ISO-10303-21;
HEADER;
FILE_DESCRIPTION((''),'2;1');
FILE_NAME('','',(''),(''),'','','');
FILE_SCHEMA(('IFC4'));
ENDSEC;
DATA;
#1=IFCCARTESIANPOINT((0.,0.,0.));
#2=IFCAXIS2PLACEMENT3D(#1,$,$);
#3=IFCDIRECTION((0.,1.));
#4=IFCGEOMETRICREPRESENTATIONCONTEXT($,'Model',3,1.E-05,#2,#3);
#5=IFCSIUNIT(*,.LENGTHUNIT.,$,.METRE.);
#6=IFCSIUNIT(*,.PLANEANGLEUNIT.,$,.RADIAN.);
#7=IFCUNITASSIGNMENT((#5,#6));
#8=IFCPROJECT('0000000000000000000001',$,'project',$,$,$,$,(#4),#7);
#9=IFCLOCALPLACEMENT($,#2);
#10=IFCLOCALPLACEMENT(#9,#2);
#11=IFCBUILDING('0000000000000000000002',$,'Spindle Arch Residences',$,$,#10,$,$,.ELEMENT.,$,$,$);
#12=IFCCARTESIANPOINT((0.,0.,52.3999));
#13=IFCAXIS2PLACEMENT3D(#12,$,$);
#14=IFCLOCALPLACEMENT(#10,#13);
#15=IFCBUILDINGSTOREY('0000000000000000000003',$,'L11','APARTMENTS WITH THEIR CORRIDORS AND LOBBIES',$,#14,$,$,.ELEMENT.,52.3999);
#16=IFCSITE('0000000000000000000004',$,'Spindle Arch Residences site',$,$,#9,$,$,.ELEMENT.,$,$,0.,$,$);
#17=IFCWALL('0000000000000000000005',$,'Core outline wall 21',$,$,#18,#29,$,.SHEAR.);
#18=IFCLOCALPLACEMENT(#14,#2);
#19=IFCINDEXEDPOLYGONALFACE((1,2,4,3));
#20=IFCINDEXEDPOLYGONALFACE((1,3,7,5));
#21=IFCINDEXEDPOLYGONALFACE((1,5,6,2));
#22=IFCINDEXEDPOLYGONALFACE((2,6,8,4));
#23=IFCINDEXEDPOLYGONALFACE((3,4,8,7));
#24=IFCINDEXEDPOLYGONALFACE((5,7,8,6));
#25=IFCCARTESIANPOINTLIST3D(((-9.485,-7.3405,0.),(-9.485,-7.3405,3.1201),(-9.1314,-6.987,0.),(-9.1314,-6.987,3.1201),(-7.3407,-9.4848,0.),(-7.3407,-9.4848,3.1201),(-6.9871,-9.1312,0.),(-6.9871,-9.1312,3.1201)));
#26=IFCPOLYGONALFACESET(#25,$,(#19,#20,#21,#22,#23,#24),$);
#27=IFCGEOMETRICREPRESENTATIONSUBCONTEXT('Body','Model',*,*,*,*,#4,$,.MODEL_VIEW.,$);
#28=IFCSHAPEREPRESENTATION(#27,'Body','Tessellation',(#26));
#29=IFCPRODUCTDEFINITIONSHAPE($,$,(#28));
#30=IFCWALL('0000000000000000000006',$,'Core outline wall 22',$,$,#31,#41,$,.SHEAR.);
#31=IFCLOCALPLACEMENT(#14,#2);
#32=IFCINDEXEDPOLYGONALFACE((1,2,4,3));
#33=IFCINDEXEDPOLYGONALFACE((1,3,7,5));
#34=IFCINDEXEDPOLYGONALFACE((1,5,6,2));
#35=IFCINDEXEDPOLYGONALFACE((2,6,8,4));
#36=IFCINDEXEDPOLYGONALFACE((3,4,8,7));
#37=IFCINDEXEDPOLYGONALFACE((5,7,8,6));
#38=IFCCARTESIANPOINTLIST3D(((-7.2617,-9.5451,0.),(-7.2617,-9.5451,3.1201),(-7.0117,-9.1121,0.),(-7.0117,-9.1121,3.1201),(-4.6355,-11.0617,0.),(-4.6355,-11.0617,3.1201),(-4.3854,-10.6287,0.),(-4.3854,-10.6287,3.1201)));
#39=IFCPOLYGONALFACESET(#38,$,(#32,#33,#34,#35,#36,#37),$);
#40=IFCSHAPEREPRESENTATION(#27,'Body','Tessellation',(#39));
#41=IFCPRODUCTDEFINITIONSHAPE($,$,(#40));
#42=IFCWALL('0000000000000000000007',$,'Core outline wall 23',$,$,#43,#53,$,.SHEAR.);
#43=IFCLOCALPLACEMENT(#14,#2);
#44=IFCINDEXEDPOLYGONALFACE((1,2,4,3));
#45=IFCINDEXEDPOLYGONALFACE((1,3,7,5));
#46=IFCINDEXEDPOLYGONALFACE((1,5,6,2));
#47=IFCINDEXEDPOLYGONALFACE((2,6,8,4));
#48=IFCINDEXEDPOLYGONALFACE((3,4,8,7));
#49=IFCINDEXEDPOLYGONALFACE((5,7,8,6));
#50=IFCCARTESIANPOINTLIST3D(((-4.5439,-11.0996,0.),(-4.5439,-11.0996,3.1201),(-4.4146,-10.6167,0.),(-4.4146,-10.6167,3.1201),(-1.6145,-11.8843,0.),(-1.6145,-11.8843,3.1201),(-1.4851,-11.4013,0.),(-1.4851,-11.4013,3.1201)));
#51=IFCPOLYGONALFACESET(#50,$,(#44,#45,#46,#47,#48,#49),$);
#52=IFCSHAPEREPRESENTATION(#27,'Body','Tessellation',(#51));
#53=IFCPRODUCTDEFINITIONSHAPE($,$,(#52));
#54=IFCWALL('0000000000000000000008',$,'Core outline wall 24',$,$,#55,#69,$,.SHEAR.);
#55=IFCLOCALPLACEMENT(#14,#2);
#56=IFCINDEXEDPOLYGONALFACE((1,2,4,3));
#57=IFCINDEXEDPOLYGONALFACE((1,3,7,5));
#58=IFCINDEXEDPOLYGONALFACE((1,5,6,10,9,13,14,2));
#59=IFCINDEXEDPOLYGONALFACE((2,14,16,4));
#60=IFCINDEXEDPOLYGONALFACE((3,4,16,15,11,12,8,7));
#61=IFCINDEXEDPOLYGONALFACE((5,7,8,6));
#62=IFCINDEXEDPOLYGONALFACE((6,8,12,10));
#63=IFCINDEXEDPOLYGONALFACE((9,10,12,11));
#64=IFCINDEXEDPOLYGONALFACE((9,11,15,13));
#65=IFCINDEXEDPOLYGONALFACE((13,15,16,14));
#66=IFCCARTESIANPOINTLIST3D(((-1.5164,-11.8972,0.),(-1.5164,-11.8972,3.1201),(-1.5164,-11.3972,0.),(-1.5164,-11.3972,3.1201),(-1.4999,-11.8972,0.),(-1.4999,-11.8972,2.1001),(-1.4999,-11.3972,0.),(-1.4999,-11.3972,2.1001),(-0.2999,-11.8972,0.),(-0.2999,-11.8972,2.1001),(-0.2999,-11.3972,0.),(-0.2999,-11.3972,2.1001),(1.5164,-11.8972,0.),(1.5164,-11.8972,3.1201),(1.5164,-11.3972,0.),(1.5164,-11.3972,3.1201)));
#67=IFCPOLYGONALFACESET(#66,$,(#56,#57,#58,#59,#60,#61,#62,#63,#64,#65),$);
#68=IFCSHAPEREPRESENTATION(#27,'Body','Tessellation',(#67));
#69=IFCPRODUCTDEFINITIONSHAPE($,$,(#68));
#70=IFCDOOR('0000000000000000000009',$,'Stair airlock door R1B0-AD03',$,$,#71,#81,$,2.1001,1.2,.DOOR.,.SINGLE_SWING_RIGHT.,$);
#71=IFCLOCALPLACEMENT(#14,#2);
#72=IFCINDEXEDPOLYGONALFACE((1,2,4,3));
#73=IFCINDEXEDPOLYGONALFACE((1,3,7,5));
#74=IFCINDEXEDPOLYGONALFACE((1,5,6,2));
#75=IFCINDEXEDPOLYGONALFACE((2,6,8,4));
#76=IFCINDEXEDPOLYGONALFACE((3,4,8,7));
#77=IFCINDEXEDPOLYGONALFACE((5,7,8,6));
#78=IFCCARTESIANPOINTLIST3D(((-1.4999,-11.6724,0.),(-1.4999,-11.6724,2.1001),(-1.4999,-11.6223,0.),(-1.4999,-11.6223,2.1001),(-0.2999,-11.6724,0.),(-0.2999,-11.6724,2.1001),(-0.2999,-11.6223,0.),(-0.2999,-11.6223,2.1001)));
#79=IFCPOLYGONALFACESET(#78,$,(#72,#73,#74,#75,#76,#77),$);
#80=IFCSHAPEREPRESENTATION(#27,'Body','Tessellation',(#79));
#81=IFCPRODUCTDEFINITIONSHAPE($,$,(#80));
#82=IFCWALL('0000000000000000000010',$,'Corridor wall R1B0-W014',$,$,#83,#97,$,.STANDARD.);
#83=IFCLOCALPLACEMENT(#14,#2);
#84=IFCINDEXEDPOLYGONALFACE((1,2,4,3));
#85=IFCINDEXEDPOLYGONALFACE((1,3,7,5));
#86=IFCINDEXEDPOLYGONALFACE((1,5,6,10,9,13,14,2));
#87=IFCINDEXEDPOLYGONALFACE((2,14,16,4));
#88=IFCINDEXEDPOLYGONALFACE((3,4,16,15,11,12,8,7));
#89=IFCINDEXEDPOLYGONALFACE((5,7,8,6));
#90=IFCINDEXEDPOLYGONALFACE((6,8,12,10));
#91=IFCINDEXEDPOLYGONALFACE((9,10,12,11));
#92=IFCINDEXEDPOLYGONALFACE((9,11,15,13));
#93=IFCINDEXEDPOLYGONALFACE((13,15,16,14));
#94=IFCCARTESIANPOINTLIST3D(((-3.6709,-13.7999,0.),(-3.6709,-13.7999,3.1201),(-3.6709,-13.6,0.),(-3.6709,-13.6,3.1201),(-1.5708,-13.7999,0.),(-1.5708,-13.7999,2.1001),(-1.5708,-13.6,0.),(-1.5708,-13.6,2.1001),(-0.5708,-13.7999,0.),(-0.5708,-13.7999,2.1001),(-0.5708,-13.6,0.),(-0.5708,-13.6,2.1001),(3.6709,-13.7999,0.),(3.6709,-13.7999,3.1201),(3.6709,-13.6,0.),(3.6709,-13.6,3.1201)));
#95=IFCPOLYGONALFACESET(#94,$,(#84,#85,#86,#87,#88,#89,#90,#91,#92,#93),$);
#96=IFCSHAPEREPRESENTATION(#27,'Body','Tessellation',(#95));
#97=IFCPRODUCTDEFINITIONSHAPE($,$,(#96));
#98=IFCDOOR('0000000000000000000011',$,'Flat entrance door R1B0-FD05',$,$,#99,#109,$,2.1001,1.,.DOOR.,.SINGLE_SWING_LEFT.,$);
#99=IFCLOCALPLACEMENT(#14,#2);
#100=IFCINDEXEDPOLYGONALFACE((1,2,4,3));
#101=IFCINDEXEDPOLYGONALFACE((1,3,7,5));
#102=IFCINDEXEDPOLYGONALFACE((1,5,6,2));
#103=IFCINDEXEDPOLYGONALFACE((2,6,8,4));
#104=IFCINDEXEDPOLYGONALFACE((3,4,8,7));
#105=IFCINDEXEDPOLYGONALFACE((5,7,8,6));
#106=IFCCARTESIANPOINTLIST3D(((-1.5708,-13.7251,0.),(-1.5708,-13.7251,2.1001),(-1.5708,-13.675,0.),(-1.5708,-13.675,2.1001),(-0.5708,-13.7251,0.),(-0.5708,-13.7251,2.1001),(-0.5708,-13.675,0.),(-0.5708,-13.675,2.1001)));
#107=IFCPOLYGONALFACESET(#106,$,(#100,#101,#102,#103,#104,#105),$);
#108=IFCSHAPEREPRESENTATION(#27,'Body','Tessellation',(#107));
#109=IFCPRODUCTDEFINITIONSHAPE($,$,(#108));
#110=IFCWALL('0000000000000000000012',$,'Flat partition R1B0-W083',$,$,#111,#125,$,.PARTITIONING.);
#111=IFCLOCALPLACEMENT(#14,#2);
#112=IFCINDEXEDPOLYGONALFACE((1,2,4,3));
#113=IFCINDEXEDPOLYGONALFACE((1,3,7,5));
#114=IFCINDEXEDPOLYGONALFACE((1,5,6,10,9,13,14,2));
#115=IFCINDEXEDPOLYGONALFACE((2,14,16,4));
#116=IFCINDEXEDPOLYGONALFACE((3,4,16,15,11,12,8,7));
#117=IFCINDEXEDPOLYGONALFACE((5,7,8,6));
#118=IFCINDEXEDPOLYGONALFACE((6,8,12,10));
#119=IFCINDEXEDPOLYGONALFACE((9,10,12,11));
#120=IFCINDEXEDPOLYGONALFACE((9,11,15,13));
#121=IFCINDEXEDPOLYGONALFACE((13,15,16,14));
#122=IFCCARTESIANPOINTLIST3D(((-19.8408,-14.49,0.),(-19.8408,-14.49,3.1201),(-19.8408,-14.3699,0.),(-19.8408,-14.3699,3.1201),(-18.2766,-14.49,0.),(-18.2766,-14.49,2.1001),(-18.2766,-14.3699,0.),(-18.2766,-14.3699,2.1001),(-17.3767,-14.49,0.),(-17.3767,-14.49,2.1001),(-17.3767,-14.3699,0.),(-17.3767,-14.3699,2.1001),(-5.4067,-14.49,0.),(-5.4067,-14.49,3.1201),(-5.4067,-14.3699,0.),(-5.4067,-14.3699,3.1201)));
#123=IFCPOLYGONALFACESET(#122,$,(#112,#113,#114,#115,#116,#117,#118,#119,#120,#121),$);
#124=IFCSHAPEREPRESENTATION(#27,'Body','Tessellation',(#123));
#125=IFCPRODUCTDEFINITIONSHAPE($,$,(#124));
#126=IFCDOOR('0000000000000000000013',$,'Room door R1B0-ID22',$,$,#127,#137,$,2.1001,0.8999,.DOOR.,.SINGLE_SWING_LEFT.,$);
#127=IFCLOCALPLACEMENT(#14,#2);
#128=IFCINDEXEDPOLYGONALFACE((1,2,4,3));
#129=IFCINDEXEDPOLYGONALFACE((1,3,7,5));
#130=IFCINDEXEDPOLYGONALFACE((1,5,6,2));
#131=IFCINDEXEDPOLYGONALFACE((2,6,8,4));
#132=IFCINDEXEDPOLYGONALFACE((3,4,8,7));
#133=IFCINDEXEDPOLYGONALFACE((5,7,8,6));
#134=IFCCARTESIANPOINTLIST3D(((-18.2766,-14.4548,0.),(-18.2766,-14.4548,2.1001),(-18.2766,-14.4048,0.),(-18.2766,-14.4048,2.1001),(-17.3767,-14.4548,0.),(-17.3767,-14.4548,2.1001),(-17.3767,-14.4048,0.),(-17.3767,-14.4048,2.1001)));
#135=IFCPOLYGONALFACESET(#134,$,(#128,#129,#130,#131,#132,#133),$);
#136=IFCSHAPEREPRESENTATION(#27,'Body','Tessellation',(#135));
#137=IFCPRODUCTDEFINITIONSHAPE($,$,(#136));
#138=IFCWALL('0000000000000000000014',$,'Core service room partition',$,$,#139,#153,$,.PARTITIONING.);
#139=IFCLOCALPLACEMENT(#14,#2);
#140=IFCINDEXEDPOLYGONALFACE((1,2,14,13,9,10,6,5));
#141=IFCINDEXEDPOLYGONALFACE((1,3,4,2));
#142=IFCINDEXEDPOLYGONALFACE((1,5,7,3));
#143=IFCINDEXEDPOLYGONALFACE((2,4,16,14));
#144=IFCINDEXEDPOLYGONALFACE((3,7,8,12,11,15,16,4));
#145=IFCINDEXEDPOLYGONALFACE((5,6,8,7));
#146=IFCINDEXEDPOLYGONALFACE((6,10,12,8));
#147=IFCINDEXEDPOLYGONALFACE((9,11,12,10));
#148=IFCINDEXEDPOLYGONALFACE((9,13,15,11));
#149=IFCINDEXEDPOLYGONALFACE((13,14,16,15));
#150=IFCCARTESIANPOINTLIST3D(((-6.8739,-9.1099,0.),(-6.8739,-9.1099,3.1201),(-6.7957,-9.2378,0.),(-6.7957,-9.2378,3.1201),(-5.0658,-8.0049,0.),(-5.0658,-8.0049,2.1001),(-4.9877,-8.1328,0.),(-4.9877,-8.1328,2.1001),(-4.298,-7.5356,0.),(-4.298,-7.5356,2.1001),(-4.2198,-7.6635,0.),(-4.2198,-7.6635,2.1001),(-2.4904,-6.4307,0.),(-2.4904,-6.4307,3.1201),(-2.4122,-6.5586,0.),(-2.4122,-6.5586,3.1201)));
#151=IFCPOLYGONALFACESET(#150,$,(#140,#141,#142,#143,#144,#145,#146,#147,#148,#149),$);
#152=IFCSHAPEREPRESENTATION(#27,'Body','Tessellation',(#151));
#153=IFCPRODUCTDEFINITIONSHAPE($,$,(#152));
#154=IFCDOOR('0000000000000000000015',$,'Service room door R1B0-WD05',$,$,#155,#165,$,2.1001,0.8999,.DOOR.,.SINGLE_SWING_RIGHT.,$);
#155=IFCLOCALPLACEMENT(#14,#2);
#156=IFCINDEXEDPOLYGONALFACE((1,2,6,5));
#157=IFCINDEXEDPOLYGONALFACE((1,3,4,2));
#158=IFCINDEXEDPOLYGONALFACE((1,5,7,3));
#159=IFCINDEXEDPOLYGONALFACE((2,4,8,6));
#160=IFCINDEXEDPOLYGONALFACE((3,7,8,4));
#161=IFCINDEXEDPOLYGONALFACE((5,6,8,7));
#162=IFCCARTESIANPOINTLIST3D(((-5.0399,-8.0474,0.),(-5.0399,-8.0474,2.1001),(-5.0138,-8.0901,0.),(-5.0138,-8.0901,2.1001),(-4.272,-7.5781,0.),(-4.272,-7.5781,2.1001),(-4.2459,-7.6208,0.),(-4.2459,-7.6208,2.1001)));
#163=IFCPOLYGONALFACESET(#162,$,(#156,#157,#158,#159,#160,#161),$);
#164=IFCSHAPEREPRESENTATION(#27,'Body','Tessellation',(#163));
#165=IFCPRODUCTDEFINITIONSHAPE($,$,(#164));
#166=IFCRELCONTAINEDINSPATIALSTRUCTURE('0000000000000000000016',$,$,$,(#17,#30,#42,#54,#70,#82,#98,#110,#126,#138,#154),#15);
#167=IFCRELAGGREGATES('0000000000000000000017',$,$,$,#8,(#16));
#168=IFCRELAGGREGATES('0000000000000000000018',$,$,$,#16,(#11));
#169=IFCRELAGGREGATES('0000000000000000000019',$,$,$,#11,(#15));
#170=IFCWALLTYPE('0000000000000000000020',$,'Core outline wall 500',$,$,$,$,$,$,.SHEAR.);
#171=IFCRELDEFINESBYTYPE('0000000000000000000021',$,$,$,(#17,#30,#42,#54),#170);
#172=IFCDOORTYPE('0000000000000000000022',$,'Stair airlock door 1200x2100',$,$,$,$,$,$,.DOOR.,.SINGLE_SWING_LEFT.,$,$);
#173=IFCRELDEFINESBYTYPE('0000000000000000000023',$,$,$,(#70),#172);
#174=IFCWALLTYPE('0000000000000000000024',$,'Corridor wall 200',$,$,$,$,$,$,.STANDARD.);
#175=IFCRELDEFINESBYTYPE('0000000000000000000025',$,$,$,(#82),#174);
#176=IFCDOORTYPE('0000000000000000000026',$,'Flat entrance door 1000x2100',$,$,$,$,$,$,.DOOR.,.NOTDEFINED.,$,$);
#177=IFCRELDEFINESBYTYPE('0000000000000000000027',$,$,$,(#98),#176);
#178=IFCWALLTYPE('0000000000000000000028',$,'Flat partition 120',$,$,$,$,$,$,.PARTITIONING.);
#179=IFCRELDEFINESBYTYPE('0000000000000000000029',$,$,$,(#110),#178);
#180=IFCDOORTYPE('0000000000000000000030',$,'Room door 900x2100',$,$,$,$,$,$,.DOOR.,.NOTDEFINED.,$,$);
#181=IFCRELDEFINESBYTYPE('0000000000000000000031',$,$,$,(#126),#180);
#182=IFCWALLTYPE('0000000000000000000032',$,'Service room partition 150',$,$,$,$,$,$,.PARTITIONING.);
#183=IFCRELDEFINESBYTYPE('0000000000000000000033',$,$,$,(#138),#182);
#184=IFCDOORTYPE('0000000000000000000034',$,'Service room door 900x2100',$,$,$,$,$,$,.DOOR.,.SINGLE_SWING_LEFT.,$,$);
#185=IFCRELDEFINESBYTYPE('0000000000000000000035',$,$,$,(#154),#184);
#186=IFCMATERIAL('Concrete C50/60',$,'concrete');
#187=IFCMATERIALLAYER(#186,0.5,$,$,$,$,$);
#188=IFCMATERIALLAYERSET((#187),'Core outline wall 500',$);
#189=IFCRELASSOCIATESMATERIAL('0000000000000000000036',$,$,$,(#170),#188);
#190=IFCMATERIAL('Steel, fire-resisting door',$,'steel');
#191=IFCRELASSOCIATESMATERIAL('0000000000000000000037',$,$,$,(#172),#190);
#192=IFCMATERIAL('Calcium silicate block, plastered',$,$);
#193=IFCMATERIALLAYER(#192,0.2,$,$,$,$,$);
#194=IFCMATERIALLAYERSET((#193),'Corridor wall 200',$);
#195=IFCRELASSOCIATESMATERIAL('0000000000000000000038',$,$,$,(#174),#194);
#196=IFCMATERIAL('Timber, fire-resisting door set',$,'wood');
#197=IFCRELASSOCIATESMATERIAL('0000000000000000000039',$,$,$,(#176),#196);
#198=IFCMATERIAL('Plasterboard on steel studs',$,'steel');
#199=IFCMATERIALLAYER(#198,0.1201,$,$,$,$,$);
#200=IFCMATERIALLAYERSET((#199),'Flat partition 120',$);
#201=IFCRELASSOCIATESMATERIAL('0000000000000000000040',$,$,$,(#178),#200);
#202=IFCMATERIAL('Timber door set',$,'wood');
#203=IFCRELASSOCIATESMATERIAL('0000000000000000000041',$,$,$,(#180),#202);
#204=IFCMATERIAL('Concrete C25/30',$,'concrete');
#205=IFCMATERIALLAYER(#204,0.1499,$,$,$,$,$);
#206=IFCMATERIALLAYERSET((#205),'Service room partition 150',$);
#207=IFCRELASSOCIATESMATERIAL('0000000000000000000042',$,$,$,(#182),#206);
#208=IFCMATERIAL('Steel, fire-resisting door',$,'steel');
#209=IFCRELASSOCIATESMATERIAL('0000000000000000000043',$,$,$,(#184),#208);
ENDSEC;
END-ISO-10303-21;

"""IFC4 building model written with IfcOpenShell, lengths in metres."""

from ifc_helpers import new_model, si_unit, direction, frame, frame_2d, origin, place, context, subcontext, project, spatial, rectangle, extrude, material, layer, layer_set, type_object, element, fill, save


model = new_model("IFC4")

# Units and contexts
model_context = context("Model", 3, precision=1e-05, world=origin(), true_north=direction((0.0, 1.0)))
body_context = subcontext(model_context, "Body", "Model", "MODEL_VIEW")
ifc_project = project(units=[si_unit("LENGTHUNIT", "METRE"), si_unit("PLANEANGLEUNIT", "RADIAN")], contexts=[model_context])

# Site, building, storey
site_placement = place(None, origin())
site = spatial("IfcSite", under=ifc_project, at=site_placement, Name="Spindle Arch Residences site", CompositionType="ELEMENT", RefElevation=0.0)
building_placement = place(site_placement, origin())
building = spatial("IfcBuilding", under=site, at=building_placement, Name="Spindle Arch Residences", CompositionType="ELEMENT")
storey_placement = place(building_placement, frame((0.0, 0.0, 52.3999)))
storey = spatial("IfcBuildingStorey", under=building, at=storey_placement, Name="L11", Description="APARTMENTS WITH THEIR CORRIDORS AND LOBBIES", CompositionType="ELEMENT", Elevation=52.3999)

# Walls
ifc_material_1 = material(Name="Concrete C50/60", Category="concrete")
ifc_layer_1 = layer(ifc_material_1, 0.5)
ifc_layer_set_1 = layer_set([ifc_layer_1], Name="Core outline wall 500")
wall_type_1 = type_object("IfcWallType", Name="Core outline wall 500", PredefinedType="SHEAR", material=ifc_layer_set_1)
wall_1_placement = place(storey_placement, frame((-9.3081, -7.1638, 0.0), z_axis=(0.0, 0.0, 1.0), x_axis=(0.707107, -0.707107, 0.0)))
element("IfcWall", 1, at=wall_1_placement, inside=storey, type_object=wall_type_1, Name="Core outline wall 21", PredefinedType="SHEAR", context=body_context, shape_type="SweptSolid", body=[
    extrude(rectangle(XDim=3.0325, YDim=0.5, at=frame_2d((1.5161, 0.0))), origin(), (0.0, 0.0, 1.0), 3.1201),
])
for number, where, z_axis, x_axis, name in (
    (2, (-7.1367, -9.3286, 0.0), (0.0, 0.0, 1.0), (0.865975, -0.500087, 0.0), "Core outline wall 22"),
    (3, (-4.4792, -10.8582, 0.0), (0.0, 0.0, 1.0), (0.965948, -0.258735, 0.0), "Core outline wall 23"),
):
    element("IfcWall", number, at=place(storey_placement, frame(where, z_axis=z_axis, x_axis=x_axis)), inside=storey, type_object=wall_type_1, Name=name, PredefinedType="SHEAR", context=body_context, shape_type="SweptSolid", body=[
        extrude(rectangle(XDim=3.0327, YDim=0.5, at=frame_2d((1.5164, 0.0))), origin(), (0.0, 0.0, 1.0), 3.1201),
    ])

# Walls, openings, doors
wall_2_placement = place(storey_placement, frame((-1.5164, -11.6472, 0.0), z_axis=(0.0, 0.0, 1.0), x_axis=(1.0, 0.0, 0.0)))
wall_2 = element("IfcWall", 4, at=wall_2_placement, inside=storey, type_object=wall_type_1, Name="Core outline wall 24", PredefinedType="SHEAR", context=body_context, shape_type="SweptSolid", body=[
    extrude(rectangle(XDim=3.0327, YDim=0.5, at=frame_2d((1.5164, 0.0))), origin(), (0.0, 0.0, 1.0), 3.1201),
])
opening_1_placement = place(wall_2_placement, frame((0.0164, 0.0, 0.0)))
opening_1 = element("IfcOpeningElement", 5, at=opening_1_placement, cuts=wall_2, PredefinedType="OPENING", context=body_context, shape_type="SweptSolid", body=[
    extrude(rectangle(XDim=1.2, YDim=2.1001, at=frame_2d((0.6001, 1.05))), frame((0.0, 0.26, 0.0), z_axis=(0.0, -1.0, 0.0), x_axis=(1.0, 0.0, 0.0)), (0.0, 0.0, 1.0), 0.52),
])
ifc_material_2 = material(Name="Steel, fire-resisting door", Category="steel")
door_type_1 = type_object("IfcDoorType", Name="Stair airlock door 1200x2100", OperationType="SINGLE_SWING_LEFT", PredefinedType="DOOR", material=ifc_material_2)
door_1_placement = place(opening_1_placement, origin())
door_1 = element("IfcDoor", 6, at=door_1_placement, inside=storey, type_object=door_type_1, Name="Stair airlock door R1B0-AD03", OperationType="SINGLE_SWING_RIGHT", OverallHeight=2.1001, OverallWidth=1.2, PredefinedType="DOOR", context=body_context, shape_type="SweptSolid", body=[
    extrude(rectangle(XDim=1.2, YDim=2.1001, at=frame_2d((0.6001, 1.05))), frame((0.0, 0.0249, 0.0), z_axis=(0.0, -1.0, 0.0), x_axis=(1.0, 0.0, 0.0)), (0.0, 0.0, 1.0), 0.05),
])
fill(opening_1, door_1)
ifc_material_3 = material(Name="Calcium silicate block, plastered")
ifc_layer_2 = layer(ifc_material_3, 0.2)
ifc_layer_set_2 = layer_set([ifc_layer_2], Name="Corridor wall 200")
wall_type_2 = type_object("IfcWallType", Name="Corridor wall 200", PredefinedType="STANDARD", material=ifc_layer_set_2)
wall_3_placement = place(storey_placement, frame((-3.6709, -13.7, 0.0), z_axis=(0.0, 0.0, 1.0), x_axis=(1.0, 0.0, 0.0)))
wall_3 = element("IfcWall", 7, at=wall_3_placement, inside=storey, type_object=wall_type_2, Name="Corridor wall R1B0-W014", PredefinedType="STANDARD", context=body_context, shape_type="SweptSolid", body=[
    extrude(rectangle(XDim=7.3418, YDim=0.2, at=frame_2d((3.6709, 0.0))), origin(), (0.0, 0.0, 1.0), 3.1201),
])
opening_2_placement = place(wall_3_placement, frame((2.1001, 0.0, 0.0)))
opening_2 = element("IfcOpeningElement", 8, at=opening_2_placement, cuts=wall_3, PredefinedType="OPENING", context=body_context, shape_type="SweptSolid", body=[
    extrude(rectangle(XDim=1.0, YDim=2.1001, at=frame_2d((0.5, 1.05))), frame((0.0, 0.1099, 0.0), z_axis=(0.0, -1.0, 0.0), x_axis=(1.0, 0.0, 0.0)), (0.0, 0.0, 1.0), 0.22),
])
ifc_material_4 = material(Name="Timber, fire-resisting door set", Category="wood")
door_type_2 = type_object("IfcDoorType", Name="Flat entrance door 1000x2100", OperationType="NOTDEFINED", PredefinedType="DOOR", material=ifc_material_4)
door_2_placement = place(opening_2_placement, origin())
door_2 = element("IfcDoor", 9, at=door_2_placement, inside=storey, type_object=door_type_2, Name="Flat entrance door R1B0-FD05", OperationType="SINGLE_SWING_LEFT", OverallHeight=2.1001, OverallWidth=1.0, PredefinedType="DOOR", context=body_context, shape_type="SweptSolid", body=[
    extrude(rectangle(XDim=1.0, YDim=2.1001, at=frame_2d((0.5, 1.05))), frame((0.0, 0.0249, 0.0), z_axis=(0.0, -1.0, 0.0), x_axis=(1.0, 0.0, 0.0)), (0.0, 0.0, 1.0), 0.05),
])
fill(opening_2, door_2)
ifc_material_5 = material(Name="Plasterboard on steel studs", Category="steel")
ifc_layer_3 = layer(ifc_material_5, 0.1201)
ifc_layer_set_3 = layer_set([ifc_layer_3], Name="Flat partition 120")
wall_type_3 = type_object("IfcWallType", Name="Flat partition 120", PredefinedType="PARTITIONING", material=ifc_layer_set_3)
wall_4_placement = place(storey_placement, frame((-5.4067, -14.4299, 0.0), z_axis=(0.0, 0.0, 1.0), x_axis=(-1.0, 0.0, 0.0)))
wall_4 = element("IfcWall", 10, at=wall_4_placement, inside=storey, type_object=wall_type_3, Name="Flat partition R1B0-W083", PredefinedType="PARTITIONING", context=body_context, shape_type="SweptSolid", body=[
    extrude(rectangle(XDim=14.4341, YDim=0.1201, at=frame_2d((7.217, 0.0))), origin(), (0.0, 0.0, 1.0), 3.1201),
])
opening_3_placement = place(wall_4_placement, frame((11.97, 0.0, 0.0)))
opening_3 = element("IfcOpeningElement", 11, at=opening_3_placement, cuts=wall_4, PredefinedType="OPENING", context=body_context, shape_type="SweptSolid", body=[
    extrude(rectangle(XDim=0.8999, YDim=2.1001, at=frame_2d((0.45, 1.05))), frame((0.0, 0.0701, 0.0), z_axis=(0.0, -1.0, 0.0), x_axis=(1.0, 0.0, 0.0)), (0.0, 0.0, 1.0), 0.1401),
])
ifc_material_6 = material(Name="Timber door set", Category="wood")
door_type_3 = type_object("IfcDoorType", Name="Room door 900x2100", OperationType="NOTDEFINED", PredefinedType="DOOR", material=ifc_material_6)
door_3_placement = place(opening_3_placement, origin())
door_3 = element("IfcDoor", 12, at=door_3_placement, inside=storey, type_object=door_type_3, Name="Room door R1B0-ID22", OperationType="SINGLE_SWING_LEFT", OverallHeight=2.1001, OverallWidth=0.8999, PredefinedType="DOOR", context=body_context, shape_type="SweptSolid", body=[
    extrude(rectangle(XDim=0.8999, YDim=2.1001, at=frame_2d((0.45, 1.05))), frame((0.0, 0.0249, 0.0), z_axis=(0.0, -1.0, 0.0), x_axis=(1.0, 0.0, 0.0)), (0.0, 0.0, 1.0), 0.05),
])
fill(opening_3, door_3)
ifc_material_7 = material(Name="Concrete C25/30", Category="concrete")
ifc_layer_4 = layer(ifc_material_7, 0.1499)
ifc_layer_set_4 = layer_set([ifc_layer_4], Name="Service room partition 150")
wall_type_4 = type_object("IfcWallType", Name="Service room partition 150", PredefinedType="PARTITIONING", material=ifc_layer_set_4)
wall_5_placement = place(storey_placement, frame((-2.4512, -6.4946, 0.0), z_axis=(0.0, 0.0, 1.0), x_axis=(-0.85325, -0.521502, 0.0)))
wall_5 = element("IfcWall", 13, at=wall_5_placement, inside=storey, type_object=wall_type_4, Name="Core service room partition", PredefinedType="PARTITIONING", context=body_context, shape_type="SweptSolid", body=[
    extrude(rectangle(XDim=5.1375, YDim=0.1499, at=frame_2d((2.5688, 0.0))), origin(), (0.0, 0.0, 1.0), 3.1201),
])
opening_4_placement = place(wall_5_placement, frame((2.1187, 0.0, 0.0)))
opening_4 = element("IfcOpeningElement", 14, at=opening_4_placement, cuts=wall_5, PredefinedType="OPENING", context=body_context, shape_type="SweptSolid", body=[
    extrude(rectangle(XDim=0.8999, YDim=2.1001, at=frame_2d((0.45, 1.05))), frame((0.0, 0.085, 0.0), z_axis=(0.0, -1.0, 0.0), x_axis=(1.0, 0.0, 0.0)), (0.0, 0.0, 1.0), 0.1699),
])
ifc_material_8 = material(Name="Steel, fire-resisting door", Category="steel")
door_type_4 = type_object("IfcDoorType", Name="Service room door 900x2100", OperationType="SINGLE_SWING_LEFT", PredefinedType="DOOR", material=ifc_material_8)
door_4_placement = place(opening_4_placement, origin())
door_4 = element("IfcDoor", 15, at=door_4_placement, inside=storey, type_object=door_type_4, Name="Service room door R1B0-WD05", OperationType="SINGLE_SWING_RIGHT", OverallHeight=2.1001, OverallWidth=0.8999, PredefinedType="DOOR", context=body_context, shape_type="SweptSolid", body=[
    extrude(rectangle(XDim=0.8999, YDim=2.1001, at=frame_2d((0.45, 1.05))), frame((0.0, 0.0249, 0.0), z_axis=(0.0, -1.0, 0.0), x_axis=(1.0, 0.0, 0.0)), (0.0, 0.0, 1.0), 0.05),
])
fill(opening_4, door_4)

save(model, "model.ifc")
